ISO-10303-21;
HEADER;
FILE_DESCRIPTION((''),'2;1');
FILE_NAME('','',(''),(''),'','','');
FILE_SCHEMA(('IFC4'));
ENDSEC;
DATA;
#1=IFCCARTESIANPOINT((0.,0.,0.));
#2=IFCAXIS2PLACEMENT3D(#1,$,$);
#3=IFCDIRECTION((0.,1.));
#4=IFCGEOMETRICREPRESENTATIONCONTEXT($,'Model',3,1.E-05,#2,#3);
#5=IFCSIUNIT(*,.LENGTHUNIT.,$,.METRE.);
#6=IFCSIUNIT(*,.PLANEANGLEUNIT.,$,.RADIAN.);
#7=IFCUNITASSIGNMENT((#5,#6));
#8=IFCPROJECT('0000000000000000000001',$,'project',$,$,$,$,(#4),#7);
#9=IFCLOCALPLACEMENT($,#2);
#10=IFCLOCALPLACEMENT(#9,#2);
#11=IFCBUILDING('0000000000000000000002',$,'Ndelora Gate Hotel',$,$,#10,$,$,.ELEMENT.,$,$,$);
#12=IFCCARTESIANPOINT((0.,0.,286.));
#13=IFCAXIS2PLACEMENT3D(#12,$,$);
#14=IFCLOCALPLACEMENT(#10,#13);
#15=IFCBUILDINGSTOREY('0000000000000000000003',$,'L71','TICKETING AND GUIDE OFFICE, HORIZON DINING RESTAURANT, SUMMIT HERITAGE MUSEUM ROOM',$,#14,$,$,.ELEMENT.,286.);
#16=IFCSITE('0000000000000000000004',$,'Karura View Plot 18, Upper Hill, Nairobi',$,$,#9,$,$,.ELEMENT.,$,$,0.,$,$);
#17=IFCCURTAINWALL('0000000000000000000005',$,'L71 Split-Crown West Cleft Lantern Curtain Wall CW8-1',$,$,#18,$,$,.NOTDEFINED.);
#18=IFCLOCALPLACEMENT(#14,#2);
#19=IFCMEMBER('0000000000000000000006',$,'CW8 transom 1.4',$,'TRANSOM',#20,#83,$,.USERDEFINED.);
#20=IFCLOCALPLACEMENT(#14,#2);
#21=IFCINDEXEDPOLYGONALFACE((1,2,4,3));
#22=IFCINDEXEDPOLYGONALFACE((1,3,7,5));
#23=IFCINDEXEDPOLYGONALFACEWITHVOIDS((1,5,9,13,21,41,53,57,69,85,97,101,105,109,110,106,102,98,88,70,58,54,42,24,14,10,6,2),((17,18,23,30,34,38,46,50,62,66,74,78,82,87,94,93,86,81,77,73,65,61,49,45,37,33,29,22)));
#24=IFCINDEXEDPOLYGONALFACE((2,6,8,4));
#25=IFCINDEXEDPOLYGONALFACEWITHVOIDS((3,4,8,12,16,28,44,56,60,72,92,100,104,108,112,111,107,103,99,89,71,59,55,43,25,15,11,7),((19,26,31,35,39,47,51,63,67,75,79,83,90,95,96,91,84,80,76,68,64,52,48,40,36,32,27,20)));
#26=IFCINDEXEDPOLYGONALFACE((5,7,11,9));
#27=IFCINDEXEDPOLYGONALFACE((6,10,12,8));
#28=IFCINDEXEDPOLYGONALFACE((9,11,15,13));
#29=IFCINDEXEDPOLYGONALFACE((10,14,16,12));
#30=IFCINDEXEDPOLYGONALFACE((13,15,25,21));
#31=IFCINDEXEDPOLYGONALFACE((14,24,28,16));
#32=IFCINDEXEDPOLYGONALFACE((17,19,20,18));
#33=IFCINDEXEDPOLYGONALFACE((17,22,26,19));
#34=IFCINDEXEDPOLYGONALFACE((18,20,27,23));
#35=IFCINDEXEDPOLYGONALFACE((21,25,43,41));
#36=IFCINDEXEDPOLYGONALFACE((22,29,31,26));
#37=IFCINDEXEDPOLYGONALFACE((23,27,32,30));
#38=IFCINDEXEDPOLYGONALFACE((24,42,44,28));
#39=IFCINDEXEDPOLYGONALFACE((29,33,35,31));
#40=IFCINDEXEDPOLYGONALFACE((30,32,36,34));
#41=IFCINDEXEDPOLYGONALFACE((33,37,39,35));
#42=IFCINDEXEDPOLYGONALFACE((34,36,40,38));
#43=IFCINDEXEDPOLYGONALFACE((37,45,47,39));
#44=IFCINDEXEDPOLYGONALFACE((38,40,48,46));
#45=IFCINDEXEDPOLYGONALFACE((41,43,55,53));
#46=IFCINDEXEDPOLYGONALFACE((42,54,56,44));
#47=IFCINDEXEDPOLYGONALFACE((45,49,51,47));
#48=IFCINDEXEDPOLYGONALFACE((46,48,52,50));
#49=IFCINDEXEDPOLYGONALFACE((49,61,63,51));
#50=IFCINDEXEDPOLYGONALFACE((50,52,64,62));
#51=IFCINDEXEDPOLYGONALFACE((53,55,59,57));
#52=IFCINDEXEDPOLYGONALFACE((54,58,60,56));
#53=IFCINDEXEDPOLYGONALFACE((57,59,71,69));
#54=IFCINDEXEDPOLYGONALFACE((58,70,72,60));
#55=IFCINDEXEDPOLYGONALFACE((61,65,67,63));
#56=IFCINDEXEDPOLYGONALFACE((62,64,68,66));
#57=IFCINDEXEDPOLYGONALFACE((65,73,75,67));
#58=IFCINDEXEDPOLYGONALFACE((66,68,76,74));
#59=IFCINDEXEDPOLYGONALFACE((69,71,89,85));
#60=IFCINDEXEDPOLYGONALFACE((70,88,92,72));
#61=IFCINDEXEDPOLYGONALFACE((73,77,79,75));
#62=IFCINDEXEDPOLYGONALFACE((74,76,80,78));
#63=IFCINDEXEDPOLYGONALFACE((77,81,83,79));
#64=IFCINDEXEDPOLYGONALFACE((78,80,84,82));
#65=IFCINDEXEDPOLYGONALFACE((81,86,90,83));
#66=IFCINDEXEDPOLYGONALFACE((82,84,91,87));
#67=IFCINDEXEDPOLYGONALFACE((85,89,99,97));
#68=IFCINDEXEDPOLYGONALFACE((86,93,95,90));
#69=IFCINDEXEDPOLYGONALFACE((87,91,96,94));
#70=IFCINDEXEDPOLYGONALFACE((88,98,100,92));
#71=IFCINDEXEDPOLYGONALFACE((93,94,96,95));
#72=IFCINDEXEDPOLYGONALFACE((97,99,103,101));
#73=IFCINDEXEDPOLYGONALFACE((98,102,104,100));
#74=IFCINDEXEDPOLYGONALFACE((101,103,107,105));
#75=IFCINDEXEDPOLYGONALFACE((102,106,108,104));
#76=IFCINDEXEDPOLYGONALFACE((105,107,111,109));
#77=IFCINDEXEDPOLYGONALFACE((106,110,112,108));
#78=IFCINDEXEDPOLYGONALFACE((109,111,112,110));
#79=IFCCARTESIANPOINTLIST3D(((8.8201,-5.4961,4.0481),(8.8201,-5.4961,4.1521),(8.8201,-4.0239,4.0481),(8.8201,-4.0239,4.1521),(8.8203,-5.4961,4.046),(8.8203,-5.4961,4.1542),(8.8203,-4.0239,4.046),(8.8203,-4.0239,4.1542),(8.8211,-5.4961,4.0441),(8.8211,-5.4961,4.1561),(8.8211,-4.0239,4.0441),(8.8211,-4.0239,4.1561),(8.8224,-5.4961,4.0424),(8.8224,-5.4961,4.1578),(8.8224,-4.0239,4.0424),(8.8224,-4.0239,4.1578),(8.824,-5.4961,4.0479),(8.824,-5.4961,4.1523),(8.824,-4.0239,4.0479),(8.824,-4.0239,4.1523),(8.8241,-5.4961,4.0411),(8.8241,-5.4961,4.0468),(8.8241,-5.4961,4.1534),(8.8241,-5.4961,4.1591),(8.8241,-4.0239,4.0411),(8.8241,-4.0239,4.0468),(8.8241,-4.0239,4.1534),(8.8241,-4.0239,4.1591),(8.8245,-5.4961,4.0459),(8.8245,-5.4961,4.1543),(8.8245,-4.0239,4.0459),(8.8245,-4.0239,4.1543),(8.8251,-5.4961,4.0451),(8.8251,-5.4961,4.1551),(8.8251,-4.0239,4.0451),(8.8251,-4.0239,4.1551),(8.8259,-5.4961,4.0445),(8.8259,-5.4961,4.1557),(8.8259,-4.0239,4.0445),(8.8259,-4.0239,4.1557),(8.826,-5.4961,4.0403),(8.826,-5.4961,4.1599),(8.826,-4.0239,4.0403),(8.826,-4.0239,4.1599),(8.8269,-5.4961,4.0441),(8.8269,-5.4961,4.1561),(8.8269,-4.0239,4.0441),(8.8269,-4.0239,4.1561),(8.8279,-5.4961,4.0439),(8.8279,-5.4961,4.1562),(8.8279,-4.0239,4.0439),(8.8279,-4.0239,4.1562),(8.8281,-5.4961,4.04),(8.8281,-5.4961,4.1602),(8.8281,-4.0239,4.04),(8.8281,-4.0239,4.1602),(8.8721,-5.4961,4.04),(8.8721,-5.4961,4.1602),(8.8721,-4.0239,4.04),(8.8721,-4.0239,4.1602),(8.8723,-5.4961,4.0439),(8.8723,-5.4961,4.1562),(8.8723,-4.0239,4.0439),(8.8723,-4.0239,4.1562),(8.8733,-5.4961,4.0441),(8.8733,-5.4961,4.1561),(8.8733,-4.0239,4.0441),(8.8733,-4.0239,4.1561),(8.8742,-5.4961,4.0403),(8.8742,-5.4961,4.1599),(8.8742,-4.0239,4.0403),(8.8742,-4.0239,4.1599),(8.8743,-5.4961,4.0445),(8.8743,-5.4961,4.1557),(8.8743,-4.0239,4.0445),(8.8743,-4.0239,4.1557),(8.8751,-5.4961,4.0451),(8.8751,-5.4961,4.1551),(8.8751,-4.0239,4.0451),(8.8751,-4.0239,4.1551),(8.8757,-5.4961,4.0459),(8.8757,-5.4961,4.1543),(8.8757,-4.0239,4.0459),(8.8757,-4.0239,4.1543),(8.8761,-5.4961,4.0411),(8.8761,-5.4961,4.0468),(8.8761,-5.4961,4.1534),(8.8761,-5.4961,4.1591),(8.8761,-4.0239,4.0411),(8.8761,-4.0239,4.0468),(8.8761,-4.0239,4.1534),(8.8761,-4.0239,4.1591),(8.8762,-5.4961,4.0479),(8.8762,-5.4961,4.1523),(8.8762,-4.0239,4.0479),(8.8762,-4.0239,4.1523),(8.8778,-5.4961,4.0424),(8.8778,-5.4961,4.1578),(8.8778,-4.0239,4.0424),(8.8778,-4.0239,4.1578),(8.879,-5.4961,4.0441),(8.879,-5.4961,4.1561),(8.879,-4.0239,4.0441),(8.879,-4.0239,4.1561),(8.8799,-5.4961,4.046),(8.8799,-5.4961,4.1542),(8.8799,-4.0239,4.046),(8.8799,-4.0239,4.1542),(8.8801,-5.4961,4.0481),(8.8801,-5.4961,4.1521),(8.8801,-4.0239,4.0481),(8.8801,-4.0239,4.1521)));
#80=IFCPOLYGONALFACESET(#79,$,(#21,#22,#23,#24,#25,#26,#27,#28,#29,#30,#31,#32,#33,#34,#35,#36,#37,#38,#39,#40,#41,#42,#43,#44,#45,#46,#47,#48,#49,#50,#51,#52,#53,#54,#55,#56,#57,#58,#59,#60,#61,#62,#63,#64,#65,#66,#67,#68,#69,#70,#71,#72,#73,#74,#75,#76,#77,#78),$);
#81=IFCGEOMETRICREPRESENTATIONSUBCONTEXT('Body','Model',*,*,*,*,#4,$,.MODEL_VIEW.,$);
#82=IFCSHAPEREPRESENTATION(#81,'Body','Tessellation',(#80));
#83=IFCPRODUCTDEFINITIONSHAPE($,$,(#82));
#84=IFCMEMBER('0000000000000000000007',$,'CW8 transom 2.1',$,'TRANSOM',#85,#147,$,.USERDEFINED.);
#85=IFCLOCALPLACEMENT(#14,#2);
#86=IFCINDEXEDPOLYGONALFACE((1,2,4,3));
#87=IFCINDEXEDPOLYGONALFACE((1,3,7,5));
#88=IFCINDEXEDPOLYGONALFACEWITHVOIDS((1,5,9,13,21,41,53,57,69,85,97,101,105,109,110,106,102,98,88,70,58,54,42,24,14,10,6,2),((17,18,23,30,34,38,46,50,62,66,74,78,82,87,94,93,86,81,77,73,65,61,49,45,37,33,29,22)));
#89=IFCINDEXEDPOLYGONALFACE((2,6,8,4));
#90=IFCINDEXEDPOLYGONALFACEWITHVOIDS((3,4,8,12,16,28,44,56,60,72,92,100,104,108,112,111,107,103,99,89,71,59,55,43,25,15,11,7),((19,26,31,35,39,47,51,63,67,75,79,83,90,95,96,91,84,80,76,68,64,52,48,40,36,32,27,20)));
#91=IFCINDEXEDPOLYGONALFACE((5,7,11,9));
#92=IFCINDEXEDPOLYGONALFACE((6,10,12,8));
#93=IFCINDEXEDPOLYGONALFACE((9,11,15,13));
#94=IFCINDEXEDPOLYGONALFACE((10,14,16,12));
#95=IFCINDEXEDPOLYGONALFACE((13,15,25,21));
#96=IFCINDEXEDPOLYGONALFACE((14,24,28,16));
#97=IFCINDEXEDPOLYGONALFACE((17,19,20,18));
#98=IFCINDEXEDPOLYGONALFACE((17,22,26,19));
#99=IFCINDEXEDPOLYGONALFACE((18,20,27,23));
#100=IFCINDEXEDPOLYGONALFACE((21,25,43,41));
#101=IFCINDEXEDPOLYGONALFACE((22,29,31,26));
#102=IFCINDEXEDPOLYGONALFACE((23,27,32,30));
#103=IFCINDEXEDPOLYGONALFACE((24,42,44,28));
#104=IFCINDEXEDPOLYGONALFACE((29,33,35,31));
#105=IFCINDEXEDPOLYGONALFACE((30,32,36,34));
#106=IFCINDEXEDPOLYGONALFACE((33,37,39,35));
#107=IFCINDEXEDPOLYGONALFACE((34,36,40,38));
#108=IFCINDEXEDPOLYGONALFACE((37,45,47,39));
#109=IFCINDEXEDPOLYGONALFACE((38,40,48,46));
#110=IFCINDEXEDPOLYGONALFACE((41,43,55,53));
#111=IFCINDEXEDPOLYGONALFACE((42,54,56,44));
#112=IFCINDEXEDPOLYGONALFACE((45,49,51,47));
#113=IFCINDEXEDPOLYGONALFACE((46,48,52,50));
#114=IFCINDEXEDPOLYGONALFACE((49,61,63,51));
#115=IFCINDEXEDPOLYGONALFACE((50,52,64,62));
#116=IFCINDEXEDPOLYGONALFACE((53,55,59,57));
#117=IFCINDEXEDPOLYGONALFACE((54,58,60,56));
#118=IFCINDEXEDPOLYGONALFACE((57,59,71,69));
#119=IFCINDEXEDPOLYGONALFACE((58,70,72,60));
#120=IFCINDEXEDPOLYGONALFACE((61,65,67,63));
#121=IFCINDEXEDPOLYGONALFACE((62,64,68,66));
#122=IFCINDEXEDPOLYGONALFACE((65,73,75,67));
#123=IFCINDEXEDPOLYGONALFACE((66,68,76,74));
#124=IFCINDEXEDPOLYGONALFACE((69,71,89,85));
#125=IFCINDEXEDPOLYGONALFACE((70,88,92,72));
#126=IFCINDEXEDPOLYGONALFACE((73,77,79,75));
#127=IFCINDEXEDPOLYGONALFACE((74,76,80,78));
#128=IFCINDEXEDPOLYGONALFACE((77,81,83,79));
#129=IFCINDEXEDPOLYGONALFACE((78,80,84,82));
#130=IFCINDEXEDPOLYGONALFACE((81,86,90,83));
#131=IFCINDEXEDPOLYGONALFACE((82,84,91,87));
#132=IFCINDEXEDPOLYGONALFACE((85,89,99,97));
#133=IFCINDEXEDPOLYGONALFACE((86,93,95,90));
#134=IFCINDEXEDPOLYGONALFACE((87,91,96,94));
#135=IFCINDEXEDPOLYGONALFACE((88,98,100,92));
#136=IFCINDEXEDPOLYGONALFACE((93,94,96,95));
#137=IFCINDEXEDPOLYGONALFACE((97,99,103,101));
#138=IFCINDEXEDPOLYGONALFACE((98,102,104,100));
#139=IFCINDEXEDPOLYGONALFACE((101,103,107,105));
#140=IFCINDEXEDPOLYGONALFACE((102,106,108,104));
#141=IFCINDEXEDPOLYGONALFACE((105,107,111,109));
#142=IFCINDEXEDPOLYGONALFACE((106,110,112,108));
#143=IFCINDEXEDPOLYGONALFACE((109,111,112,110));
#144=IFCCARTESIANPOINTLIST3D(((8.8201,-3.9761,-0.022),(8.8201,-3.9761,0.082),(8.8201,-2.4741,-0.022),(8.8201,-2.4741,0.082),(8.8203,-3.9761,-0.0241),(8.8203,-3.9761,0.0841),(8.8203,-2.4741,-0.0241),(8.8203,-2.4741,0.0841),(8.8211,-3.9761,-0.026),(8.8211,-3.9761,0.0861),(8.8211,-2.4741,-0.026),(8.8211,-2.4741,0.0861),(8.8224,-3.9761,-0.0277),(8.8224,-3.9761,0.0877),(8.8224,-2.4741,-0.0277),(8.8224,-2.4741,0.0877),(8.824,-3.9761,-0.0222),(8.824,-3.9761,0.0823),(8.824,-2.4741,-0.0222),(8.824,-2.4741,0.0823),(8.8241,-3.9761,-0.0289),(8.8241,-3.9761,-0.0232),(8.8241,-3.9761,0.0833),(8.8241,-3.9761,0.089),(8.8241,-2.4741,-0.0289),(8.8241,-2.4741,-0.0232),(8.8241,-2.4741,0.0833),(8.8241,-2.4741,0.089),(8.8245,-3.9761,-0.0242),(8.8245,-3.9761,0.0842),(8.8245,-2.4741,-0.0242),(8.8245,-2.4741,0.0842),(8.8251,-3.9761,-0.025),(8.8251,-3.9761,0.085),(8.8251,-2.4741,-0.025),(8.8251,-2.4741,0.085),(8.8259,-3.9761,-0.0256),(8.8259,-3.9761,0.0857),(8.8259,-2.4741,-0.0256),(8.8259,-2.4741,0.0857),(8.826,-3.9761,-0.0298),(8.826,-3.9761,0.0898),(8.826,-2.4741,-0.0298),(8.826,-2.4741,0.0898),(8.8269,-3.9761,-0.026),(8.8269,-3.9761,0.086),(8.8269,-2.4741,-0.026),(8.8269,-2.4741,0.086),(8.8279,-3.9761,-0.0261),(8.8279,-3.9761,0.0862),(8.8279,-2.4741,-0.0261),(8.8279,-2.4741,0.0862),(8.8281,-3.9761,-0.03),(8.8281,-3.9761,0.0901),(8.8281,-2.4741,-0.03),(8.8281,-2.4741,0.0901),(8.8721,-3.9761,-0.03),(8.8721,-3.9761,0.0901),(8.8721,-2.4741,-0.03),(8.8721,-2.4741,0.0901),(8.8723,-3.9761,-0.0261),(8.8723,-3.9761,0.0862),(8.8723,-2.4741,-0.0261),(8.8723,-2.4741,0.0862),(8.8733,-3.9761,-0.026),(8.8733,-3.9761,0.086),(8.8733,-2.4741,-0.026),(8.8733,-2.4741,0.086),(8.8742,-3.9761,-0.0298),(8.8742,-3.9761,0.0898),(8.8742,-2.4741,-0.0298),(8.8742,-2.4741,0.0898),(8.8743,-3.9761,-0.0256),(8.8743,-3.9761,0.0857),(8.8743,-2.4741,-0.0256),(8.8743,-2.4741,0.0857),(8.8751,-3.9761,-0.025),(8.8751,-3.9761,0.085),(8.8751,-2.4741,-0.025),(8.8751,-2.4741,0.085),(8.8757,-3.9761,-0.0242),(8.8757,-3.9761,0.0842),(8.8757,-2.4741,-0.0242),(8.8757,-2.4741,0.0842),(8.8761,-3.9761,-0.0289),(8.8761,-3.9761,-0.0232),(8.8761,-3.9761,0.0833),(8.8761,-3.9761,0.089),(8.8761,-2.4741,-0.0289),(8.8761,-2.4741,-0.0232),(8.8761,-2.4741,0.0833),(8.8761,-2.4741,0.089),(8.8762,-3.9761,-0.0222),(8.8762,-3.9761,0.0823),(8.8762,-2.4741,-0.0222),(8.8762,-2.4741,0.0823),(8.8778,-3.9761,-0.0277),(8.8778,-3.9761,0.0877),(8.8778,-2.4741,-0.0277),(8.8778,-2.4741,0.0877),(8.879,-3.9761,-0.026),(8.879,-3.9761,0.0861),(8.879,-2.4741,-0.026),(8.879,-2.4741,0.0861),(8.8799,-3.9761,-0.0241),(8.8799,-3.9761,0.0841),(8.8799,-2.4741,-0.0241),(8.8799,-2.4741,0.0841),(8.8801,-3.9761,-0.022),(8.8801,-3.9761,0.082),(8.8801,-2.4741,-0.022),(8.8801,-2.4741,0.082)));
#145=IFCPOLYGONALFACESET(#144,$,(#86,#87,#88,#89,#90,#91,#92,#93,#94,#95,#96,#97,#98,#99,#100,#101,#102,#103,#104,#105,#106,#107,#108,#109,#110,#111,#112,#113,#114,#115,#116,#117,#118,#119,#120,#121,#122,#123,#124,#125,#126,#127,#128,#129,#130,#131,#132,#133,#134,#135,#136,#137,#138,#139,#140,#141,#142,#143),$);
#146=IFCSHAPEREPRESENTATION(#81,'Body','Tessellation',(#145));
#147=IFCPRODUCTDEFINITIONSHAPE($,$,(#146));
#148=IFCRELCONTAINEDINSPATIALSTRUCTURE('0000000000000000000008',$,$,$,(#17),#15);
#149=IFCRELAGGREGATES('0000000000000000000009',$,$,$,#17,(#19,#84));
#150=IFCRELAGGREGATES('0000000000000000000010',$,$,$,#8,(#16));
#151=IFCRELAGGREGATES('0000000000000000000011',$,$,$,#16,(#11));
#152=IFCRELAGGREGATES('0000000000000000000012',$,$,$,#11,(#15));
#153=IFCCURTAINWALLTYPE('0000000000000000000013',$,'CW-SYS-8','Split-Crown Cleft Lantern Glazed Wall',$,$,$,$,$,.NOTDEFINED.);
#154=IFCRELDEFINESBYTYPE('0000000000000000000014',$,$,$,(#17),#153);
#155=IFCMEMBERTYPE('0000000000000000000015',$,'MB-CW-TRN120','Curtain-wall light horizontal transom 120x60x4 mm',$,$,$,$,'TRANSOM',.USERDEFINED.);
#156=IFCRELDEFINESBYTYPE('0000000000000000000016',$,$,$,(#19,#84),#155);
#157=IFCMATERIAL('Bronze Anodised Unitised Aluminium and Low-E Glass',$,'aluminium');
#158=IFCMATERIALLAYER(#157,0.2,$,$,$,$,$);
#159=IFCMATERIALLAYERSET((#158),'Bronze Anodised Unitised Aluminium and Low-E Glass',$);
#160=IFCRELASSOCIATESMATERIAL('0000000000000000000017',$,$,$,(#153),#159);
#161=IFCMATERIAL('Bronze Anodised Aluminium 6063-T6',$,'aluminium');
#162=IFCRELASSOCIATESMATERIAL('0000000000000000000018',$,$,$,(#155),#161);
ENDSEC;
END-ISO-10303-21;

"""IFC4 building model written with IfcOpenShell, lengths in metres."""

from ifc_helpers import new_model, si_unit, direction, frame, origin, origin_2d, place, context, subcontext, project, spatial, hollow_rectangle, extrude, material, layer, layer_set, material_profile, profile_set, type_object, element, aggregate, save


model = new_model("IFC4")

# Units and contexts
model_context = context("Model", 3, precision=1e-05, world=origin(), true_north=direction((0.0, 1.0)))
body_context = subcontext(model_context, "Body", "Model", "MODEL_VIEW")
ifc_project = project(units=[si_unit("LENGTHUNIT", "METRE"), si_unit("PLANEANGLEUNIT", "RADIAN")], contexts=[model_context])

# Site, building, storey
site_placement = place(None, origin())
site = spatial("IfcSite", under=ifc_project, at=site_placement, Name="Karura View Plot 18, Upper Hill, Nairobi", CompositionType="ELEMENT", RefElevation=0.0)
building_placement = place(site_placement, origin())
building = spatial("IfcBuilding", under=site, at=building_placement, Name="Ndelora Gate Hotel", CompositionType="ELEMENT")
storey_placement = place(building_placement, frame((0.0, 0.0, 286.0)))
storey = spatial("IfcBuildingStorey", under=building, at=storey_placement, Name="L71", Description="TICKETING AND GUIDE OFFICE, HORIZON DINING RESTAURANT, SUMMIT HERITAGE MUSEUM ROOM", CompositionType="ELEMENT", Elevation=286.0)

# Curtain wall, members
ifc_material_1 = material(Name="Bronze Anodised Unitised Aluminium and Low-E Glass", Category="aluminium")
ifc_layer_1 = layer(ifc_material_1, 0.2)
ifc_layer_set_1 = layer_set([ifc_layer_1], Name="Bronze Anodised Unitised Aluminium and Low-E Glass")
curtain_wall_type = type_object("IfcCurtainWallType", Name="CW-SYS-8", Description="Split-Crown Cleft Lantern Glazed Wall", PredefinedType="NOTDEFINED", material=ifc_layer_set_1)
curtain_wall_placement = place(storey_placement, origin())
curtain_wall = element("IfcCurtainWall", 1, at=curtain_wall_placement, inside=storey, type_object=curtain_wall_type, Name="L71 Split-Crown West Cleft Lantern Curtain Wall CW8-1", PredefinedType="NOTDEFINED")
ifc_material_2 = material(Name="Bronze Anodised Aluminium 6063-T6", Category="aluminium")
ifc_material_profile_1 = material_profile(ifc_material_2, hollow_rectangle(XDim=0.0601, YDim=0.1201, WallThickness=0.0039, InnerFilletRadius=0.0039, OuterFilletRadius=0.0081, at=origin_2d()), Name="ALU 120x60x4")
ifc_profile_set_1 = profile_set([ifc_material_profile_1], Name="Bronze Anodised Aluminium 6063-T6")
member_type_1 = type_object("IfcMemberType", Name="MB-CW-TRN120", Description="Curtain-wall light horizontal transom 120x60x4 mm", ElementType="TRANSOM", PredefinedType="USERDEFINED", material=ifc_profile_set_1)
member_1_placement = place(storey_placement, frame((8.8501, -5.4961, 4.1001), z_axis=(0.0, 1.0, 0.0), x_axis=(-1.0, 0.0, 0.0)))
member_1 = element("IfcMember", 2, at=member_1_placement, type_object=member_type_1, Name="CW8 transom 1.4", ObjectType="TRANSOM", PredefinedType="USERDEFINED", context=body_context, shape_type="SweptSolid", body=[
    extrude(hollow_rectangle(XDim=0.0601, YDim=0.1201, WallThickness=0.0039, InnerFilletRadius=0.0039, OuterFilletRadius=0.0081, at=origin_2d()), origin(), (0.0, 0.0, 1.0), 1.4722),
])
member_2_placement = place(storey_placement, frame((8.8501, -3.9761, 0.03), z_axis=(0.0, 1.0, 0.0), x_axis=(-1.0, 0.0, 0.0)))
member_2 = element("IfcMember", 3, at=member_2_placement, type_object=member_type_1, Name="CW8 transom 2.1", ObjectType="TRANSOM", PredefinedType="USERDEFINED", context=body_context, shape_type="SweptSolid", body=[
    extrude(hollow_rectangle(XDim=0.0601, YDim=0.1201, WallThickness=0.0039, InnerFilletRadius=0.0039, OuterFilletRadius=0.0081, at=origin_2d()), origin(), (0.0, 0.0, 1.0), 1.502),
])
aggregate(curtain_wall, [member_1, member_2])

save(model, "model.ifc")
